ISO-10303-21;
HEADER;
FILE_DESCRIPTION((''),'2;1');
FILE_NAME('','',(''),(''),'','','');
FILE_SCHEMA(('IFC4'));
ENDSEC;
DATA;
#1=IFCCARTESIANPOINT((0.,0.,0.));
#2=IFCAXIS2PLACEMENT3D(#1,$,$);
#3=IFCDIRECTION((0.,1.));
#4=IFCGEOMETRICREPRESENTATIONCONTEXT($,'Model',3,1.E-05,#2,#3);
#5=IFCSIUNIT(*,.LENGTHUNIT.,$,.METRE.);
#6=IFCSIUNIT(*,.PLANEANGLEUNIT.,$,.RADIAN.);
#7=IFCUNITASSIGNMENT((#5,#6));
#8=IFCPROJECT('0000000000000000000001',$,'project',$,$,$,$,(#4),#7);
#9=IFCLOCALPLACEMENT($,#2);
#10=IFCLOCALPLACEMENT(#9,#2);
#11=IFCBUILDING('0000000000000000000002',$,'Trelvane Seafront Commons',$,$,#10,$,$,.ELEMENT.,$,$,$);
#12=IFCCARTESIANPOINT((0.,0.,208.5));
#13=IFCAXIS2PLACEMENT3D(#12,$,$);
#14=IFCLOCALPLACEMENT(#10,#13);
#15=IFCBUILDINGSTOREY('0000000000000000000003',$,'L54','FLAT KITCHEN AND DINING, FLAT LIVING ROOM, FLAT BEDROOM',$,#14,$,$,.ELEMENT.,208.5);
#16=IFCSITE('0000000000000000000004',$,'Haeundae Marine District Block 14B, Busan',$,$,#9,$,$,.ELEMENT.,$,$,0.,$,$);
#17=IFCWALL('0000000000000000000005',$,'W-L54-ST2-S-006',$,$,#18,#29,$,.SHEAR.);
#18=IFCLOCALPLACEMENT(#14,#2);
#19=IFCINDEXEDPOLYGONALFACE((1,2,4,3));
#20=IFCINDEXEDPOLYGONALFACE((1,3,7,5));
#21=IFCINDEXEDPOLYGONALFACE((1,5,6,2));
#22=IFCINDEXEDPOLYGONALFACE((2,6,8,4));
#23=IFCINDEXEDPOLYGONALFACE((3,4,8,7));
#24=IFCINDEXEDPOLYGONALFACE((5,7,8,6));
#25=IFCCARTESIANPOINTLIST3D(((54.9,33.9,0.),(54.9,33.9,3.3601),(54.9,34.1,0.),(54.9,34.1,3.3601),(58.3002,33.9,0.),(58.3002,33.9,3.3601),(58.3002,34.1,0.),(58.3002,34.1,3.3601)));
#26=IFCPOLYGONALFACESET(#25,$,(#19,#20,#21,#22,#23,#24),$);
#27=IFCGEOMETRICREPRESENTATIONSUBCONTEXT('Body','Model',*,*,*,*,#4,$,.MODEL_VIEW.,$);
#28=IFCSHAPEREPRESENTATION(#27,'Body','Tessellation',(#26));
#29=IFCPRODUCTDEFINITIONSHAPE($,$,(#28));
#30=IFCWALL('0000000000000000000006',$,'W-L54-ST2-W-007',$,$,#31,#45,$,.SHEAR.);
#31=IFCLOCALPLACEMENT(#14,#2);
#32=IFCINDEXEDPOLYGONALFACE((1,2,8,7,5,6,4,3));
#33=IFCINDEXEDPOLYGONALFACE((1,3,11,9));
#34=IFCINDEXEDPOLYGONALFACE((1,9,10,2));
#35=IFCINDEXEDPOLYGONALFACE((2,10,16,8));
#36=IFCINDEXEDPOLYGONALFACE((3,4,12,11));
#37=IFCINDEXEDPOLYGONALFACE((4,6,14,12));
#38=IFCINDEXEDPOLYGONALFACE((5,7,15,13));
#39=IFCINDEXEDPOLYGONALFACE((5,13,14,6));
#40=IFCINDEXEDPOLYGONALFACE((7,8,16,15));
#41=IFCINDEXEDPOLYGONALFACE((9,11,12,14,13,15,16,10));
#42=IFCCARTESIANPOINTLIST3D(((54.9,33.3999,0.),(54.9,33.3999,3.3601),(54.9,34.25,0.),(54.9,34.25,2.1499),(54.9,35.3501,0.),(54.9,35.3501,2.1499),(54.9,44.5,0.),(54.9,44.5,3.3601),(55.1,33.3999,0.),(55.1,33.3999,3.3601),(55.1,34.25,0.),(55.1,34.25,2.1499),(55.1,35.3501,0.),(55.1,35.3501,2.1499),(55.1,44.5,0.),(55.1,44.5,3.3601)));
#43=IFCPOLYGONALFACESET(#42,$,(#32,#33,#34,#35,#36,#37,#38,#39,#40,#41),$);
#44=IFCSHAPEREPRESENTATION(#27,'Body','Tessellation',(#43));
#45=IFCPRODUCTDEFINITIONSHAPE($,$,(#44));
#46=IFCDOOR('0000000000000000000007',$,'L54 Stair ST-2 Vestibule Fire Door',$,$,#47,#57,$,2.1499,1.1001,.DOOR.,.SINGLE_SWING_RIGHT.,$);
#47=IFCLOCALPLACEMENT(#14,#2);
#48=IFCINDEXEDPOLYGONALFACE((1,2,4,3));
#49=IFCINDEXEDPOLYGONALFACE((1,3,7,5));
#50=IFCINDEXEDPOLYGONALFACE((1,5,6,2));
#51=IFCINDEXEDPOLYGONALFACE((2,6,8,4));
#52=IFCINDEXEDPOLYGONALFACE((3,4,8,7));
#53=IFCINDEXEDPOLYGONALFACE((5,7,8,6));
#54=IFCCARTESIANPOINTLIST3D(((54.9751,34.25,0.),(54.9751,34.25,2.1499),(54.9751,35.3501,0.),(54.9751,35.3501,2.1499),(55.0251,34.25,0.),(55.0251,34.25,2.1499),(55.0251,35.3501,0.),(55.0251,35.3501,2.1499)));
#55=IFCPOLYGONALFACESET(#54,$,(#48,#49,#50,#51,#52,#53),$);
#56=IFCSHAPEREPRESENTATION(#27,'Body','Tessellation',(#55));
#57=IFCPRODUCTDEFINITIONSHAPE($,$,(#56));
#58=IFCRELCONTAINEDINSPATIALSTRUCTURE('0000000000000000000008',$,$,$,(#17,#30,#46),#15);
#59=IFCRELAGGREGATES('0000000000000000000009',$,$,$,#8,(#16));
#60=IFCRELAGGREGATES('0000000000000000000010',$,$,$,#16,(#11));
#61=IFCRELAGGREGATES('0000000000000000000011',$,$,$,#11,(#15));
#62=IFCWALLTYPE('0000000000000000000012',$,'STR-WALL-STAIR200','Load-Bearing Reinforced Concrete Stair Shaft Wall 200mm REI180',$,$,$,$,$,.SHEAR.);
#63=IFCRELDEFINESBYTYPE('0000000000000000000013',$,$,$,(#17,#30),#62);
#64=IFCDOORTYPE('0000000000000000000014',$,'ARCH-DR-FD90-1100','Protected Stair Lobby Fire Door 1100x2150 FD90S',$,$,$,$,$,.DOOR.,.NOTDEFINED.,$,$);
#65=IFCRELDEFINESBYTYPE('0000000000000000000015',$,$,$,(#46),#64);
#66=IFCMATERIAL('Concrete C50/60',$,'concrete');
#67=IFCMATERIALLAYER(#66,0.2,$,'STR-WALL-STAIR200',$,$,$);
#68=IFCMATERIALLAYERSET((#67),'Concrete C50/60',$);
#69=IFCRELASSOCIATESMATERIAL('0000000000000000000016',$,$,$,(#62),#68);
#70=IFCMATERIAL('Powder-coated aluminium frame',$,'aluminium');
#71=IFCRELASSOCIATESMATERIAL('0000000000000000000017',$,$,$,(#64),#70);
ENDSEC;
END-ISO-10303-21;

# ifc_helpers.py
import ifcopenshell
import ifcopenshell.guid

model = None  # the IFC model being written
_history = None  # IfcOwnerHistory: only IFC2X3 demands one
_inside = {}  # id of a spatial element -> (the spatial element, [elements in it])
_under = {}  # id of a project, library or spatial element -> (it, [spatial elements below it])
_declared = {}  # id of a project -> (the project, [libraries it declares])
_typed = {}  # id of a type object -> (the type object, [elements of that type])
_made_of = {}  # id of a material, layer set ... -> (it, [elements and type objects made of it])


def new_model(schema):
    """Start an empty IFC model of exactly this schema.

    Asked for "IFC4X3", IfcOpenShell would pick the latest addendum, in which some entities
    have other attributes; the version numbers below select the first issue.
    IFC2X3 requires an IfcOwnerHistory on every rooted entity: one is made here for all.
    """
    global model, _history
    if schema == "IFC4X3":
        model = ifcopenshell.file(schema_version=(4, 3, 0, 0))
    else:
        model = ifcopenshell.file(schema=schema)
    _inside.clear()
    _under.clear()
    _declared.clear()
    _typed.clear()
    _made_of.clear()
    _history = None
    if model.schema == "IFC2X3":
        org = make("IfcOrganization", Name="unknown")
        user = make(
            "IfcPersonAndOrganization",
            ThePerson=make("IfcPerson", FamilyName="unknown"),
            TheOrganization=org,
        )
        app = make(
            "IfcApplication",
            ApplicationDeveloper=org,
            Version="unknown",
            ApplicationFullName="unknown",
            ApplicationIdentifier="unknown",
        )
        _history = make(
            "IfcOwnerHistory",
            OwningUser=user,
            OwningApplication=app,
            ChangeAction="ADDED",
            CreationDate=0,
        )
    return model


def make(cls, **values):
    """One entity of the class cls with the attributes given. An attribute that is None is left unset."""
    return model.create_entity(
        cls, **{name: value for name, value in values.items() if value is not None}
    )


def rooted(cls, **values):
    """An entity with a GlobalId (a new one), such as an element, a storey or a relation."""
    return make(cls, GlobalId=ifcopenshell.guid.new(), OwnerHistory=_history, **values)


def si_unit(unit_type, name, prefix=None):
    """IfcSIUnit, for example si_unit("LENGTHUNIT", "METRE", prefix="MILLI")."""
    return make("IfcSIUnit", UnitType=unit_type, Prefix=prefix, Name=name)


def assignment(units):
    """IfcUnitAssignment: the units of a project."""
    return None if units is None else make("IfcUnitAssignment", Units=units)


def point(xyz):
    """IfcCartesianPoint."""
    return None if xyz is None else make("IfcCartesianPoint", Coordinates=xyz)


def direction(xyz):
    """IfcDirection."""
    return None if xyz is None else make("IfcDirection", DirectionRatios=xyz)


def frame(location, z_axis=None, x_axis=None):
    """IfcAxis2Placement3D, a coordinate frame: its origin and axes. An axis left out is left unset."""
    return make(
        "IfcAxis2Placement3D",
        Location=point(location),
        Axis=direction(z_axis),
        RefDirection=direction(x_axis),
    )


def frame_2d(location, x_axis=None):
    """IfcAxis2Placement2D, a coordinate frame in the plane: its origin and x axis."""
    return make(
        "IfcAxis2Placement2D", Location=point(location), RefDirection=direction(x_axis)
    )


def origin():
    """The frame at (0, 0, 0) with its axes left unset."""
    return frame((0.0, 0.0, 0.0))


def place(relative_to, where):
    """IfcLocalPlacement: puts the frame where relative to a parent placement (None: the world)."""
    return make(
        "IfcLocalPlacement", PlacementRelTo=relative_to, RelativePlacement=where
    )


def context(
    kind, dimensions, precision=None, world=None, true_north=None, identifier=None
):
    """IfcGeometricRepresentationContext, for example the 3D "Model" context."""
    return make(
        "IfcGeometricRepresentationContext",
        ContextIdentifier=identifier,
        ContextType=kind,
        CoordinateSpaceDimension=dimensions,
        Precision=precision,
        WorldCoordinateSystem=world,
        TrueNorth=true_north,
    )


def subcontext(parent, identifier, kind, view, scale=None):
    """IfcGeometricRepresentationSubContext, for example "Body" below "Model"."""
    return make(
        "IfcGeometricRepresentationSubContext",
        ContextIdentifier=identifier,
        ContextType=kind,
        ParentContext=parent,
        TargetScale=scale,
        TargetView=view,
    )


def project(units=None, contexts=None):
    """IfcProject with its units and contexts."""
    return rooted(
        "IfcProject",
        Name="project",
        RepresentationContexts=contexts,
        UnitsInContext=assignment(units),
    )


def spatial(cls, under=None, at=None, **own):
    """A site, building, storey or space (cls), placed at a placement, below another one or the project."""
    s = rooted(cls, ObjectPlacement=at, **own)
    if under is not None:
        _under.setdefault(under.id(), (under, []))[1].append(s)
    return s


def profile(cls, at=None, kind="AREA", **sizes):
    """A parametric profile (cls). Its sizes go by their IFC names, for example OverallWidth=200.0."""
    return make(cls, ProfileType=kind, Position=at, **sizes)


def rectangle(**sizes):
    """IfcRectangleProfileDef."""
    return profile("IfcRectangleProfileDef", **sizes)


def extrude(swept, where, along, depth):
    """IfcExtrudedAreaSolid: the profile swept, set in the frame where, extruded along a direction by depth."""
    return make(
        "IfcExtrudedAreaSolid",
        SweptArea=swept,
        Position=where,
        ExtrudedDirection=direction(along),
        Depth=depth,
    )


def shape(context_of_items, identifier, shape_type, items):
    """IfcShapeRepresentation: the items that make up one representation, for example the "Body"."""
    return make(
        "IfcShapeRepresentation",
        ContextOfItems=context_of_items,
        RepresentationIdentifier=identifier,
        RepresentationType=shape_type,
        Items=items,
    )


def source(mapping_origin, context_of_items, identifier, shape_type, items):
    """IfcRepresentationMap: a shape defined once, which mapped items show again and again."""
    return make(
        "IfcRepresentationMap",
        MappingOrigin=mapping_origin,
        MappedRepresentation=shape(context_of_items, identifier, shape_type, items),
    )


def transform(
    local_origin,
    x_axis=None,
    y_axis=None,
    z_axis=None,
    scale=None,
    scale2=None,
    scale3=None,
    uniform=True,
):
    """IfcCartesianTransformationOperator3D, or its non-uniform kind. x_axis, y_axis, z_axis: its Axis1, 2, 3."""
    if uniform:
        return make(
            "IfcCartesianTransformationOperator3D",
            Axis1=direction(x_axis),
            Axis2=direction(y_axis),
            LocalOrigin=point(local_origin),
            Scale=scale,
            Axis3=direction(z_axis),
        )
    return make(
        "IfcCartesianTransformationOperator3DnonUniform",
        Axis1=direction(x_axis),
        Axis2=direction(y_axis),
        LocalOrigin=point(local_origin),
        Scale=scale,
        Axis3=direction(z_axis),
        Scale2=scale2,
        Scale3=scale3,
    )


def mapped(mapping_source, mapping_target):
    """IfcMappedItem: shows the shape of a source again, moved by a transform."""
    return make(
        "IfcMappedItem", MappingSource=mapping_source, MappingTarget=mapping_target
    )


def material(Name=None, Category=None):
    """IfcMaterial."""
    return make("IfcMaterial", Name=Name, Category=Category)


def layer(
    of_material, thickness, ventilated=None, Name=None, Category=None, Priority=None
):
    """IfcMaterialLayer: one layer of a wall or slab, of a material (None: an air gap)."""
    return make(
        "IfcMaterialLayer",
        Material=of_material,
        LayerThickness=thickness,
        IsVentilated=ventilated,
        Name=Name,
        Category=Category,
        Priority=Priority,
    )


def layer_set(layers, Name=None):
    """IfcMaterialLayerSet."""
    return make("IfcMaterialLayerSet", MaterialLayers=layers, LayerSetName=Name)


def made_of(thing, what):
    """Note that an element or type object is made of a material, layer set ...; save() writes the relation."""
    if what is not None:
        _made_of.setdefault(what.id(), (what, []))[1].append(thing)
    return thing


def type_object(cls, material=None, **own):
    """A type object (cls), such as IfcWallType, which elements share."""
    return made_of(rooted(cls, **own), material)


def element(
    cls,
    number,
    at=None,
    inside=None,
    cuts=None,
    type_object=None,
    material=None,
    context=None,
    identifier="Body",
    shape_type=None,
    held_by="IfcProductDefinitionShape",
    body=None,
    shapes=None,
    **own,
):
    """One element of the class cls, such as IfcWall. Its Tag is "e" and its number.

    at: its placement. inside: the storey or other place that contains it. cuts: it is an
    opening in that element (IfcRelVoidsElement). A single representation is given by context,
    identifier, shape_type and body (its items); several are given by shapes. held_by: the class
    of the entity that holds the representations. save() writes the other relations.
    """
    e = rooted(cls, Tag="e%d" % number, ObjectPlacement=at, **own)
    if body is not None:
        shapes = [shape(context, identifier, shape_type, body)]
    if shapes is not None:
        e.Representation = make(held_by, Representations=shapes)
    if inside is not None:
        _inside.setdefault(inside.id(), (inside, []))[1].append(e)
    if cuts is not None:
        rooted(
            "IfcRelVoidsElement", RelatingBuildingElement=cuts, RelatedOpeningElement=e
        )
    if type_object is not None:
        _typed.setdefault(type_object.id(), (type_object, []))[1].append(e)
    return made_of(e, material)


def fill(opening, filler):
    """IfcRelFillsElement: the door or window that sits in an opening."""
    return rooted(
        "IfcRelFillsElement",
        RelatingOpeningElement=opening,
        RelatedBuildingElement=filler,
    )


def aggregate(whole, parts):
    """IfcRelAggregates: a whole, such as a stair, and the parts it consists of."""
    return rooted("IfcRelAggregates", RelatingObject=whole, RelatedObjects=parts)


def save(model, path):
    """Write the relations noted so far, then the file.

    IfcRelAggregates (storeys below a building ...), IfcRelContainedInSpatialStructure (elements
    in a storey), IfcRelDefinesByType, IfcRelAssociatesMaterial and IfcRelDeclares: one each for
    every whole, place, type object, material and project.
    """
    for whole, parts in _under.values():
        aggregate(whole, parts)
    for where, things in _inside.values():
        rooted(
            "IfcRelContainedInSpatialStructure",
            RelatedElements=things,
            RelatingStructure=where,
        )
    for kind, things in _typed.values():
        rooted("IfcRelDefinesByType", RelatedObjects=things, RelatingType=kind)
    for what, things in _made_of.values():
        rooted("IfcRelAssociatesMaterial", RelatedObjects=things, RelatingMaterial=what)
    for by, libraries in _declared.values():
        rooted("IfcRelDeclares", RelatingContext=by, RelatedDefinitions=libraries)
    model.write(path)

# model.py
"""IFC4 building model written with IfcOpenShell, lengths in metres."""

from ifc_helpers import new_model, si_unit, direction, frame, frame_2d, origin, place, context, subcontext, project, spatial, rectangle, extrude, source, transform, mapped, material, layer, layer_set, type_object, element, fill, save


model = new_model("IFC4")

# Units and contexts
model_context = context("Model", 3, precision=1e-05, world=origin(), true_north=direction((0.0, 1.0)))
body_context = subcontext(model_context, "Body", "Model", "MODEL_VIEW")
ifc_project = project(units=[si_unit("LENGTHUNIT", "METRE"), si_unit("PLANEANGLEUNIT", "RADIAN")], contexts=[model_context])

# Site, building, storey
site_placement = place(None, origin())
site = spatial("IfcSite", under=ifc_project, at=site_placement, Name="Haeundae Marine District Block 14B, Busan", CompositionType="ELEMENT", RefElevation=0.0)
building_placement = place(site_placement, origin())
building = spatial("IfcBuilding", under=site, at=building_placement, Name="Trelvane Seafront Commons", CompositionType="ELEMENT")
storey_placement = place(building_placement, frame((0.0, 0.0, 208.5)))
storey = spatial("IfcBuildingStorey", under=building, at=storey_placement, Name="L54", Description="FLAT KITCHEN AND DINING, FLAT LIVING ROOM, FLAT BEDROOM", CompositionType="ELEMENT", Elevation=208.5)

# Shared definitions
ifc_material_1 = material(Name="Concrete C50/60", Category="concrete")

# Shared definitions
ifc_material_2 = material(Name="Powder-coated aluminium frame", Category="aluminium")

# Wall
ifc_layer_1 = layer(ifc_material_1, 0.2, Name="STR-WALL-STAIR200")
ifc_layer_set_1 = layer_set([ifc_layer_1], Name="Concrete C50/60")
wall_type_1 = type_object("IfcWallType", Name="STR-WALL-STAIR200", Description="Load-Bearing Reinforced Concrete Stair Shaft Wall 200mm REI180", PredefinedType="SHEAR", material=ifc_layer_set_1)
wall_1_placement = place(storey_placement, frame((54.8999, 34.0, 0.0), z_axis=(0.0, 0.0, 1.0), x_axis=(1.0, 0.0, 0.0)))
element("IfcWall", 1, at=wall_1_placement, inside=storey, type_object=wall_type_1, Name="W-L54-ST2-S-006", PredefinedType="SHEAR", context=body_context, shape_type="SweptSolid", body=[
    extrude(rectangle(XDim=3.4001, YDim=0.2, at=frame_2d((1.7002, 0.0))), origin(), (0.0, 0.0, 1.0), 3.3601),
])

# Wall, opening, door
wall_2_placement = place(storey_placement, frame((55.0, 33.3999, 0.0), z_axis=(0.0, 0.0, 1.0), x_axis=(0.0, 1.0, 0.0)))
wall_2 = element("IfcWall", 2, at=wall_2_placement, inside=storey, type_object=wall_type_1, Name="W-L54-ST2-W-007", PredefinedType="SHEAR", context=body_context, shape_type="SweptSolid", body=[
    extrude(rectangle(XDim=11.1001, YDim=0.2, at=frame_2d((5.55, 0.0))), origin(), (0.0, 0.0, 1.0), 3.3601),
])
opening_1_placement = place(wall_2_placement, frame((0.8501, 0.0, 0.0)))
opening_1 = element("IfcOpeningElement", 3, at=opening_1_placement, cuts=wall_2, PredefinedType="OPENING", context=body_context, shape_type="SweptSolid", body=[
    extrude(rectangle(XDim=1.1001, YDim=2.1499, at=frame_2d((0.55, 1.075))), frame((0.0, 0.1099, 0.0), z_axis=(0.0, -1.0, 0.0), x_axis=(1.0, 0.0, 0.0)), (0.0, 0.0, 1.0), 0.22),
])
door_type_1 = type_object("IfcDoorType", Name="ARCH-DR-FD90-1100", Description="Protected Stair Lobby Fire Door 1100x2150 FD90S", OperationType="NOTDEFINED", PredefinedType="DOOR", material=ifc_material_2)
shared_shape_1 = source(origin(), body_context, "Body", "SweptSolid", [
    extrude(rectangle(XDim=1.1001, YDim=2.1499, at=frame_2d((0.55, 1.075))), frame((0.0, 0.0249, 0.0), z_axis=(0.0, -1.0, 0.0), x_axis=(1.0, 0.0, 0.0)), (0.0, 0.0, 1.0), 0.05),
])
door_1_placement = place(opening_1_placement, origin())
door_1 = element("IfcDoor", 4, at=door_1_placement, inside=storey, type_object=door_type_1, Name="L54 Stair ST-2 Vestibule Fire Door", OperationType="SINGLE_SWING_RIGHT", OverallHeight=2.1499, OverallWidth=1.1001, PredefinedType="DOOR", context=body_context, shape_type="MappedRepresentation", body=[
    mapped(shared_shape_1, transform((0.0, 0.0, 0.0), x_axis=(1.0, 0.0, 0.0), y_axis=(0.0, 1.0, 0.0), z_axis=(0.0, 0.0, 1.0), scale=1.0)),
])
fill(opening_1, door_1)

save(model, "model.ifc")
